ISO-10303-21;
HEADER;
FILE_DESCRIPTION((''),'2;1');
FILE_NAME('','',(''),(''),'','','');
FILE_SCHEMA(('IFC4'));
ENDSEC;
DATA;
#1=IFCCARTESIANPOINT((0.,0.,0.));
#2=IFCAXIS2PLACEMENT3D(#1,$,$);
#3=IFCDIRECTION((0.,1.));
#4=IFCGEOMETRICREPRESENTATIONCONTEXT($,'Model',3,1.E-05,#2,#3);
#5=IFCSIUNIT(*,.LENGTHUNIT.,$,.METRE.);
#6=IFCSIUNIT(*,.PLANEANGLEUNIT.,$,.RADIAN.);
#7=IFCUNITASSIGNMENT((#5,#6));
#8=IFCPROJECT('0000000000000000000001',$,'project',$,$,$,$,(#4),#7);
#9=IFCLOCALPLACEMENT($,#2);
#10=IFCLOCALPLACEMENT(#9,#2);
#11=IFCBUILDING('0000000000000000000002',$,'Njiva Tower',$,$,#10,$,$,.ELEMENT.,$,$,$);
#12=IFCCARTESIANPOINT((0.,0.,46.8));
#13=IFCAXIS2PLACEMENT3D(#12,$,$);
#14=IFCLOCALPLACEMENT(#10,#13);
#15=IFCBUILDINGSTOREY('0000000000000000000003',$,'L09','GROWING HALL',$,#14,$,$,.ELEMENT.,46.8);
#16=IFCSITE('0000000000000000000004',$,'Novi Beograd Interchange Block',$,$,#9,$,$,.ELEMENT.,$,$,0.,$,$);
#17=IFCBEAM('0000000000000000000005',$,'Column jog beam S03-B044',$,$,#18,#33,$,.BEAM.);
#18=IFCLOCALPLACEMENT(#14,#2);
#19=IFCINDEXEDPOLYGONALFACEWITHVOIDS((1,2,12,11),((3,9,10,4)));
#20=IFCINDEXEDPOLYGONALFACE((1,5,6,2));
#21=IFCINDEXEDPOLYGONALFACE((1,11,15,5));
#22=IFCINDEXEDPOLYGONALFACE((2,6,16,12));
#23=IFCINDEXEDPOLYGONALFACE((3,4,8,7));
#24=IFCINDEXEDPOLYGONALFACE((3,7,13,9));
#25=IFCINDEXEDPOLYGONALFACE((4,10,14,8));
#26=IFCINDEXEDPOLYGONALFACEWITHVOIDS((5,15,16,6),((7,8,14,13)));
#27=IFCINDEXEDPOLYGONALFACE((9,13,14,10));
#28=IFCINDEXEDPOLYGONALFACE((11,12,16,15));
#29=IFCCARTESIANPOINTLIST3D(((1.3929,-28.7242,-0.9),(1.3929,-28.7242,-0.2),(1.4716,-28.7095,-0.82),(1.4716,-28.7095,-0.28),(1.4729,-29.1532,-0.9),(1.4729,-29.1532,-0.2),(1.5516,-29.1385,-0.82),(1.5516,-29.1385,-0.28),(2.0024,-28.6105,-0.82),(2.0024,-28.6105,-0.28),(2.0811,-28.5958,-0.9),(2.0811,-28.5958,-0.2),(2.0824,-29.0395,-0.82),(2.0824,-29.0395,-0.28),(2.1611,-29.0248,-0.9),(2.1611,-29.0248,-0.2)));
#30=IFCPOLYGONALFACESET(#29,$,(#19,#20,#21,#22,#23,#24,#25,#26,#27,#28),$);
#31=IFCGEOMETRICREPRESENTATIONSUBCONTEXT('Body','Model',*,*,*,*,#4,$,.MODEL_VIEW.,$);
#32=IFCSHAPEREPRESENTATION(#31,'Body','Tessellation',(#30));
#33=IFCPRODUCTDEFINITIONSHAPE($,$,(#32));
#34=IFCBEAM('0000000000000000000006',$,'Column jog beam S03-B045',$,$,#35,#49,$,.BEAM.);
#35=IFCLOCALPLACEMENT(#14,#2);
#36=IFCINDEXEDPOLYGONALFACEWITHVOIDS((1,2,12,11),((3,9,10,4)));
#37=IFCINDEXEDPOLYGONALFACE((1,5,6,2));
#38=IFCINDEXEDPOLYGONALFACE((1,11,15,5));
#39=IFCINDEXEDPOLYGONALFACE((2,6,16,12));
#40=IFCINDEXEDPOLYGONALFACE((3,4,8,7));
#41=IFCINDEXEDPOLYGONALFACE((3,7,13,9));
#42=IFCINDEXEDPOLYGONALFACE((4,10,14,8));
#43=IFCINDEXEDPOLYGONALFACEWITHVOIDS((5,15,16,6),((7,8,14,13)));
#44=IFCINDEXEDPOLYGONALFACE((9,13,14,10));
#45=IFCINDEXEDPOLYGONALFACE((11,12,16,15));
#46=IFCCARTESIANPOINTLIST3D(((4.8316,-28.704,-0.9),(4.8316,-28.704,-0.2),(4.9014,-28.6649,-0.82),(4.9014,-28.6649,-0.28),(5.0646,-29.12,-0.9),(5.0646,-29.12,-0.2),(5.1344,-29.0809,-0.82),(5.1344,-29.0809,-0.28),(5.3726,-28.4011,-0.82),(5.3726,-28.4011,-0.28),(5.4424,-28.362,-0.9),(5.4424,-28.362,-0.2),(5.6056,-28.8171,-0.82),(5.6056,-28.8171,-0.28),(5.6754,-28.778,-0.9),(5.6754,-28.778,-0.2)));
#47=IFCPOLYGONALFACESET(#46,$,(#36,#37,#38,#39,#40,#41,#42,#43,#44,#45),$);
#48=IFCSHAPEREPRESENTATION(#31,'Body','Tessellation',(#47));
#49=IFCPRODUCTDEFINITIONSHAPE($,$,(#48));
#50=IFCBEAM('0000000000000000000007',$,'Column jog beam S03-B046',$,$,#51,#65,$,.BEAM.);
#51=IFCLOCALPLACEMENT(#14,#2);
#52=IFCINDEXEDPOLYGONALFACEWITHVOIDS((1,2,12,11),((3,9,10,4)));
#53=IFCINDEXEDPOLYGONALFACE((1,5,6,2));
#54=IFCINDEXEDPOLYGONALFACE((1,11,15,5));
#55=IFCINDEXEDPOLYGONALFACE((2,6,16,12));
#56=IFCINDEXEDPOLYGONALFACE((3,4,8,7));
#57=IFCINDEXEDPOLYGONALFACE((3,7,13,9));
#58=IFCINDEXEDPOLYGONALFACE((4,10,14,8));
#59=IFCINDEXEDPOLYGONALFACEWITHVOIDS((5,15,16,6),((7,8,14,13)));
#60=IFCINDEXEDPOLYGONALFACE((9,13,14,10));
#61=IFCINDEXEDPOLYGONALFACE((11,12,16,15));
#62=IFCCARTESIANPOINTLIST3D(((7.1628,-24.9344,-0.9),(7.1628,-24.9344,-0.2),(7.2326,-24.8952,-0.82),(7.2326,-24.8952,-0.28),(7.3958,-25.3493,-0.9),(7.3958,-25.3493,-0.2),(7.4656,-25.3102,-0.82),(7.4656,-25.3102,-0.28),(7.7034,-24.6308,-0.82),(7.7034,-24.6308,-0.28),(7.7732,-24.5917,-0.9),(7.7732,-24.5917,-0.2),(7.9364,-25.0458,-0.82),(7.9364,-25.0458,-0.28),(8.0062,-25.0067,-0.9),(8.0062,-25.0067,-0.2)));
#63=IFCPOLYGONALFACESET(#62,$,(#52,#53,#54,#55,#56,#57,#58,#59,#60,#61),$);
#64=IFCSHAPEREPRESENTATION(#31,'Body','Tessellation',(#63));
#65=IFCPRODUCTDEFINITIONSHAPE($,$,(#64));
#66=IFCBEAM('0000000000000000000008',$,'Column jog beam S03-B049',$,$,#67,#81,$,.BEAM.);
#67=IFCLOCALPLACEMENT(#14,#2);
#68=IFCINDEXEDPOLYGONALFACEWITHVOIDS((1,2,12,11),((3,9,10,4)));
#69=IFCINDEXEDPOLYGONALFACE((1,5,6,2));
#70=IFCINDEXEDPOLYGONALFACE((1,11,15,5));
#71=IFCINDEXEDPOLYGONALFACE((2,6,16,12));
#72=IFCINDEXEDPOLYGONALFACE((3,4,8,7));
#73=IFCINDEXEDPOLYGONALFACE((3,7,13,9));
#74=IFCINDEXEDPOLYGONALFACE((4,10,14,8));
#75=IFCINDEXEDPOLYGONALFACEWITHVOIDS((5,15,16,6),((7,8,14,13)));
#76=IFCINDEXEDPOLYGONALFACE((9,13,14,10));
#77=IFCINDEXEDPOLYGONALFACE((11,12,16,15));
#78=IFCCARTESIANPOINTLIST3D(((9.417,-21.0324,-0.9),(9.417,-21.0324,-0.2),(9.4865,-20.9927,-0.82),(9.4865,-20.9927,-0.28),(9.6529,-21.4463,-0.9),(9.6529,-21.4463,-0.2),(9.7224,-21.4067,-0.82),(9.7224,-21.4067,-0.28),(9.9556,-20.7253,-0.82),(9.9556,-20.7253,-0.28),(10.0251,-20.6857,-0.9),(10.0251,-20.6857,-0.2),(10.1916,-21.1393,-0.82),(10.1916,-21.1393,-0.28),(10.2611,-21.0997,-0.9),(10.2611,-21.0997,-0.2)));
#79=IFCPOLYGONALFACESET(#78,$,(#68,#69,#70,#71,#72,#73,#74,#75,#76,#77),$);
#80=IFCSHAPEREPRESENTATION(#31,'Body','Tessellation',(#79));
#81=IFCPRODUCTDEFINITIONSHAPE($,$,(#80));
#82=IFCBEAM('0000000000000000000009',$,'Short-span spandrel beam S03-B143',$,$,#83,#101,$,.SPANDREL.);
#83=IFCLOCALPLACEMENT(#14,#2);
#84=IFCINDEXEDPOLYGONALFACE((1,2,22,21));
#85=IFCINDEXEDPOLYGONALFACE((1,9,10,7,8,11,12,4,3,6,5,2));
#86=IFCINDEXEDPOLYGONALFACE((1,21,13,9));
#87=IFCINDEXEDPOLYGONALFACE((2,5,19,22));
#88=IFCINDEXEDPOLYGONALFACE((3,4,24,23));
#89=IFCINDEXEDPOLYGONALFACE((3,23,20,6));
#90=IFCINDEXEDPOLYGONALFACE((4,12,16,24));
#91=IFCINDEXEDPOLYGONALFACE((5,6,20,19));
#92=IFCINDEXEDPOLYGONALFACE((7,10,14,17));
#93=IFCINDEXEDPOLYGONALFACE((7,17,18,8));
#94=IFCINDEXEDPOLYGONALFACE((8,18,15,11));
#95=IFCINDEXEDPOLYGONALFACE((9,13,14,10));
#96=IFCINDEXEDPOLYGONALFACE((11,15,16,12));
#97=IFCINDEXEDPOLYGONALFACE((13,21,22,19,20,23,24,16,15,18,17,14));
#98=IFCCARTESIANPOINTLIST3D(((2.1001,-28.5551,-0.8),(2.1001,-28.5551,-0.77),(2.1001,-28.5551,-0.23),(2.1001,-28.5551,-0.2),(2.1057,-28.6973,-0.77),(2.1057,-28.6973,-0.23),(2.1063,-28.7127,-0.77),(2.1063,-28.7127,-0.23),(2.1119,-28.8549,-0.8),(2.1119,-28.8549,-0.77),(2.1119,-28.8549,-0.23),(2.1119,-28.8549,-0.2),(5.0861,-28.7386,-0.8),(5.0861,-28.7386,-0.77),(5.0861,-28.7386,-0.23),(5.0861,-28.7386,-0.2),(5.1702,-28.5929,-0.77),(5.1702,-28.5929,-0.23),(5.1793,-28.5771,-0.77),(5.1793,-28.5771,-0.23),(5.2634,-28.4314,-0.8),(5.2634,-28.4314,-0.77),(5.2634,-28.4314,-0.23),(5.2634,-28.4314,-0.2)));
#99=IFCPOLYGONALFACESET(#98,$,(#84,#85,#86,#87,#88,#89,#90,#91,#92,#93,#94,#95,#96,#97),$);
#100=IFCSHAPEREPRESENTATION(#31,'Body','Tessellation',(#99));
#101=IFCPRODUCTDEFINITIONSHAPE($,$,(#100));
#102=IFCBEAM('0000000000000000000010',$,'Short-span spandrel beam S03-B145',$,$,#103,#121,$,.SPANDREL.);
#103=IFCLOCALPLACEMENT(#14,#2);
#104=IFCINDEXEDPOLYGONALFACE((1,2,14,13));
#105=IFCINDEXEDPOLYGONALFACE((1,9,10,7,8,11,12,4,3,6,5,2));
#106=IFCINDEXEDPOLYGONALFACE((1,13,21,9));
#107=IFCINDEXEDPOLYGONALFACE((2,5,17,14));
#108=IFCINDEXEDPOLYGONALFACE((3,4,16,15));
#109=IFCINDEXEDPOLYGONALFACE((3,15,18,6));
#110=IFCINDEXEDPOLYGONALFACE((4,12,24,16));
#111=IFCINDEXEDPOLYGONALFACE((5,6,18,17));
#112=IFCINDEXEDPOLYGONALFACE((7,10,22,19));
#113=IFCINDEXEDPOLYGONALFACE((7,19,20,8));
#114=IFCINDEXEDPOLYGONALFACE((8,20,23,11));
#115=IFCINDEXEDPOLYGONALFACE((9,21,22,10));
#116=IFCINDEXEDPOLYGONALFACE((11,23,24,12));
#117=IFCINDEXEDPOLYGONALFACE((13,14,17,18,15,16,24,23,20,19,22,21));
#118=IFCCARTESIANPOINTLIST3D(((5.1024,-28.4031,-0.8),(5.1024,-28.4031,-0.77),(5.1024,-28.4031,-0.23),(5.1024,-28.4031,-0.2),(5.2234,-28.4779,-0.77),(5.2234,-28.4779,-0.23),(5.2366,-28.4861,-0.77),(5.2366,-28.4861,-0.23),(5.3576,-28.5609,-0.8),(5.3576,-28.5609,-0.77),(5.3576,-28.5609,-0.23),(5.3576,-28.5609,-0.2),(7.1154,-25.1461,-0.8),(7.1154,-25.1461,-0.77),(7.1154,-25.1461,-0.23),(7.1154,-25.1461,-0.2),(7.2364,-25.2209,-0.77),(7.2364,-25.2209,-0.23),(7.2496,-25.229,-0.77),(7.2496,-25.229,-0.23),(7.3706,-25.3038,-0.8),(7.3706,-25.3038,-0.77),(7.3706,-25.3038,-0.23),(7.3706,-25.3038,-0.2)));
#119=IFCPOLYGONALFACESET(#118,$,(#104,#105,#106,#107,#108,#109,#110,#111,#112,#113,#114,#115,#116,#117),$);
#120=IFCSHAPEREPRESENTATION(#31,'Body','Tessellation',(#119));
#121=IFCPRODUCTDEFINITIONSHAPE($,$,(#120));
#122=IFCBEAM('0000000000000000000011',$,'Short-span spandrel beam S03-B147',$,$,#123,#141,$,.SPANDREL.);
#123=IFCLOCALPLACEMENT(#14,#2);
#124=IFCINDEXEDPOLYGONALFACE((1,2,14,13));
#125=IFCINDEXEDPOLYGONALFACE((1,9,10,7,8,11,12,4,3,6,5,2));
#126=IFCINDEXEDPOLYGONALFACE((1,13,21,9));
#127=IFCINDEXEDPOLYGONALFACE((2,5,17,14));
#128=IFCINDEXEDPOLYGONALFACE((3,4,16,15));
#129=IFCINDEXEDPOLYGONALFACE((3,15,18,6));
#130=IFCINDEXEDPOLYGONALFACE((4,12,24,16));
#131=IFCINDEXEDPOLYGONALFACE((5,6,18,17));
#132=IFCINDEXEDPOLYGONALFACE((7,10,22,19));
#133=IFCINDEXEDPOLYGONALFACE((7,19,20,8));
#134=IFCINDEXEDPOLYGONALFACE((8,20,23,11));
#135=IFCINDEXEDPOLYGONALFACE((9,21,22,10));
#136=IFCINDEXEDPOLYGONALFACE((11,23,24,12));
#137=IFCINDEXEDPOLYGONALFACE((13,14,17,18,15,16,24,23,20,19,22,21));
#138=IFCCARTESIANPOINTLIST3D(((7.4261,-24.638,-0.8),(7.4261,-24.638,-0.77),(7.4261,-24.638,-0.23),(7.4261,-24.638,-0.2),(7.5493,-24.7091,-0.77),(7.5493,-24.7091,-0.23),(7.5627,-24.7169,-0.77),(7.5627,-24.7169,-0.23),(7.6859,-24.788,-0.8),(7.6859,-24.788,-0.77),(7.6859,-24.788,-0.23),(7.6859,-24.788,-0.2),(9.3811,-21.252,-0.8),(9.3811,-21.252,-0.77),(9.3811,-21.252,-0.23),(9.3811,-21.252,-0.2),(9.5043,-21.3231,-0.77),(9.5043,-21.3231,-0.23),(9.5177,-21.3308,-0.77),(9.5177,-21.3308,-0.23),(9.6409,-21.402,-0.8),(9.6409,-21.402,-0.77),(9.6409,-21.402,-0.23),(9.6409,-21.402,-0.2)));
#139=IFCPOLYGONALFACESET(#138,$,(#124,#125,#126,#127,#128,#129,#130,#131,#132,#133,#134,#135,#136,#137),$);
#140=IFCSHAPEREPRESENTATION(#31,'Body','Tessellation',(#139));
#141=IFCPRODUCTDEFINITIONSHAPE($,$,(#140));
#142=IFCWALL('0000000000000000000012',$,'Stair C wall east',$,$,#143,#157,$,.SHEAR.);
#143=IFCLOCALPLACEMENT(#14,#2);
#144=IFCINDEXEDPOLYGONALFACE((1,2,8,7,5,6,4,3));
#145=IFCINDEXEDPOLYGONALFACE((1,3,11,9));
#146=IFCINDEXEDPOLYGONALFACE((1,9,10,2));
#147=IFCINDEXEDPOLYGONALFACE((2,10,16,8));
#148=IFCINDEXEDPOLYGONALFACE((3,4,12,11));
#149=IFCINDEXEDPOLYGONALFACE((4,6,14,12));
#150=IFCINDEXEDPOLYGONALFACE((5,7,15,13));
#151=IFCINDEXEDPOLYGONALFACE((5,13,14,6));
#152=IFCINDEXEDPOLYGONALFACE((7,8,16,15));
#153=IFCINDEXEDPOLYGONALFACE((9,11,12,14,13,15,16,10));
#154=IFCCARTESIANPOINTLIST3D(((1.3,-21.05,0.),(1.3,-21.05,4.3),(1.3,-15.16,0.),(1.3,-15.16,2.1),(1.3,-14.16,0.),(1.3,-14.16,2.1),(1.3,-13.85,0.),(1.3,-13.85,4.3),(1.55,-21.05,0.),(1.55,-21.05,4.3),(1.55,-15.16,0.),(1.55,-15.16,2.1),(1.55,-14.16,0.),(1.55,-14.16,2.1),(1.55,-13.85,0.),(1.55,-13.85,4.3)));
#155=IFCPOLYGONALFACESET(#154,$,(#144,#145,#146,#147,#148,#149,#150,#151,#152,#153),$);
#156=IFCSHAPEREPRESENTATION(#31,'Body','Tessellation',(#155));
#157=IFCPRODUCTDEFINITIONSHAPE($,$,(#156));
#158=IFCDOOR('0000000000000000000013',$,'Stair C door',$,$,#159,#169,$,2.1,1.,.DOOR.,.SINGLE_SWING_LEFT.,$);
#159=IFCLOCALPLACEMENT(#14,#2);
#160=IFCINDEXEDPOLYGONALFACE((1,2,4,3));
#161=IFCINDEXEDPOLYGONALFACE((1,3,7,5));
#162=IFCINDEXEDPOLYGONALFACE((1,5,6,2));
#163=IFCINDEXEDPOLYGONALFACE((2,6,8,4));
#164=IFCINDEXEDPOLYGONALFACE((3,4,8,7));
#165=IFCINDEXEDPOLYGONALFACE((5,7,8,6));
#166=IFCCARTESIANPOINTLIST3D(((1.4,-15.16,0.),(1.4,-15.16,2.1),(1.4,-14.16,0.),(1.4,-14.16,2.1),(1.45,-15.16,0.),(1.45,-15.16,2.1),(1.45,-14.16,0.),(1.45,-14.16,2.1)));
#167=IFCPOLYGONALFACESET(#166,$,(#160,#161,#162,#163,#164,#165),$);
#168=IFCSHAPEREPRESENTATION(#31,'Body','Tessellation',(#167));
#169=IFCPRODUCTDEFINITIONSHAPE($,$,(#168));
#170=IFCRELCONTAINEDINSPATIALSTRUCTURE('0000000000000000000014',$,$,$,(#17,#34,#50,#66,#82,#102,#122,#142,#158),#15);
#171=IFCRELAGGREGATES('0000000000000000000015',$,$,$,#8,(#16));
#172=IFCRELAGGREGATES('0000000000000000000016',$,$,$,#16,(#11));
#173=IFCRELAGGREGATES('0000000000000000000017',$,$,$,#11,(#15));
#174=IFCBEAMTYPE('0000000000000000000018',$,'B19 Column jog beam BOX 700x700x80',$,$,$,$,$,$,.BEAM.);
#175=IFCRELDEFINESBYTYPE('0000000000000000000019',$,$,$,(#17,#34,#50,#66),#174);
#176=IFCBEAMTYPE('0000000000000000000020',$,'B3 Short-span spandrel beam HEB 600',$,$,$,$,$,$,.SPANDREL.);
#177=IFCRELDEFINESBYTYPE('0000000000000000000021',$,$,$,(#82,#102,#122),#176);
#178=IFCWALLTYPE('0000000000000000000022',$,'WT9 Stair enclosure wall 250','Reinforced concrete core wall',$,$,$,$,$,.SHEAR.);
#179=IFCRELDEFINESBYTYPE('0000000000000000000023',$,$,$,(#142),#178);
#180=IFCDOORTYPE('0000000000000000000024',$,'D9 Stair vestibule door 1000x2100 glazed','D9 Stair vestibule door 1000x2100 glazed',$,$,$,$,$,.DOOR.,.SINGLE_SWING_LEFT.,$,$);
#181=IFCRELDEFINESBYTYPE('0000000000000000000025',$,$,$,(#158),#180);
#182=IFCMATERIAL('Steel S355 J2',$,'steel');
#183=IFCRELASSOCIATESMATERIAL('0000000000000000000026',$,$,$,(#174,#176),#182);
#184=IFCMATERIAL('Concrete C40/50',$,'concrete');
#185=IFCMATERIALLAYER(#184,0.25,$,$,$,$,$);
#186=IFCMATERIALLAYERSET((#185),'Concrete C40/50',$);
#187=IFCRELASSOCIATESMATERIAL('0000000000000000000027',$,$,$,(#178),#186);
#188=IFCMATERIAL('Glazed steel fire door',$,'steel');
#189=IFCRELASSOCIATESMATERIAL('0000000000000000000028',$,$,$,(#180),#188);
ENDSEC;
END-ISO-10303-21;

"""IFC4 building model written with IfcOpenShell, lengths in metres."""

from ifc_helpers import new_model, si_unit, direction, frame, frame_2d, origin, origin_2d, place, context, subcontext, project, spatial, rectangle, hollow_rectangle, i_section, extrude, clip, halfspace, material, layer, layer_set, material_profile, profile_set, type_object, element, fill, save


model = new_model("IFC4")

# Units and contexts
model_context = context("Model", 3, precision=1e-05, world=origin(), true_north=direction((0.0, 1.0)))
body_context = subcontext(model_context, "Body", "Model", "MODEL_VIEW")
ifc_project = project(units=[si_unit("LENGTHUNIT", "METRE"), si_unit("PLANEANGLEUNIT", "RADIAN")], contexts=[model_context])

# Site, building, storey
site_placement = place(None, origin())
site = spatial("IfcSite", under=ifc_project, at=site_placement, Name="Novi Beograd Interchange Block", CompositionType="ELEMENT", RefElevation=0.0)
building_placement = place(site_placement, origin())
building = spatial("IfcBuilding", under=site, at=building_placement, Name="Njiva Tower", CompositionType="ELEMENT")
storey_placement = place(building_placement, frame((0.0, 0.0, 46.8)))
storey = spatial("IfcBuildingStorey", under=building, at=storey_placement, Name="L09", Description="GROWING HALL", CompositionType="ELEMENT", Elevation=46.8)

# Shared definitions
ifc_material_1 = material(Name="Steel S355 J2", Category="steel")

# Beams
ifc_material_profile_1 = material_profile(ifc_material_1, hollow_rectangle(XDim=0.7, YDim=0.7, WallThickness=0.08, at=origin_2d()), Name="BOX 700x700x80")
ifc_profile_set_1 = profile_set([ifc_material_profile_1], Name="Steel S355 J2")
beam_type_1 = type_object("IfcBeamType", Name="B19 Column jog beam BOX 700x700x80", PredefinedType="BEAM", material=ifc_profile_set_1)
beam_1_placement = place(storey_placement, frame((1.817, -29.089, -0.55), z_axis=(-0.18332, 0.983053, 0.0), x_axis=(-0.983053, -0.18332, 0.0)))
element("IfcBeam", 1, at=beam_1_placement, inside=storey, type_object=beam_type_1, Name="Column jog beam S03-B044", PredefinedType="BEAM", context=body_context, shape_type="SweptSolid", body=[
    extrude(hollow_rectangle(XDim=0.7, YDim=0.7, WallThickness=0.08, at=origin_2d()), origin(), (0.0, 0.0, 1.0), 0.4364),
])
beam_2_placement = place(storey_placement, frame((5.37, -28.949, -0.55), z_axis=(-0.488667, 0.87247, 0.0), x_axis=(-0.87247, -0.488667, 0.0)))
element("IfcBeam", 2, at=beam_2_placement, inside=storey, type_object=beam_type_1, Name="Column jog beam S03-B045", PredefinedType="BEAM", context=body_context, shape_type="SweptSolid", body=[
    extrude(hollow_rectangle(XDim=0.7, YDim=0.7, WallThickness=0.08, at=origin_2d()), origin(), (0.0, 0.0, 1.0), 0.4768),
])
beam_3_placement = place(storey_placement, frame((7.701, -25.178, -0.55), z_axis=(-0.489563, 0.871968, 0.0), x_axis=(-0.871968, -0.489563, 0.0)))
element("IfcBeam", 3, at=beam_3_placement, inside=storey, type_object=beam_type_1, Name="Column jog beam S03-B046", PredefinedType="BEAM", context=body_context, shape_type="SweptSolid", body=[
    extrude(hollow_rectangle(XDim=0.7, YDim=0.7, WallThickness=0.08, at=origin_2d()), origin(), (0.0, 0.0, 1.0), 0.4759),
])
beam_4_placement = place(storey_placement, frame((9.957, -21.273, -0.55), z_axis=(-0.495235, 0.868759, 0.0), x_axis=(-0.868759, -0.495235, 0.0)))
element("IfcBeam", 4, at=beam_4_placement, inside=storey, type_object=beam_type_1, Name="Column jog beam S03-B049", PredefinedType="BEAM", context=body_context, shape_type="SweptSolid", body=[
    extrude(hollow_rectangle(XDim=0.7, YDim=0.7, WallThickness=0.08, at=origin_2d()), origin(), (0.0, 0.0, 1.0), 0.4765),
])
ifc_material_profile_2 = material_profile(ifc_material_1, i_section(OverallWidth=0.3, OverallDepth=0.6, WebThickness=0.0155, FlangeThickness=0.03, at=origin_2d()), Name="HEB 600")
ifc_profile_set_2 = profile_set([ifc_material_profile_2], Name="Steel S355 J2")
beam_type_2 = type_object("IfcBeamType", Name="B3 Short-span spandrel beam HEB 600", PredefinedType="SPANDREL", material=ifc_profile_set_2)
beam_5_placement = place(storey_placement, frame((2.106, -28.705, -0.5), z_axis=(0.999236, 0.039071, 0.0), x_axis=(-0.039071, 0.999236, 0.0)))
element("IfcBeam", 5, at=beam_5_placement, inside=storey, type_object=beam_type_2, Name="Short-span spandrel beam S03-B143", PredefinedType="SPANDREL", context=body_context, shape_type="Clipping", body=[
    clip(extrude(i_section(OverallWidth=0.3, OverallDepth=0.6, WebThickness=0.0155, FlangeThickness=0.03, at=origin_2d()), origin(), (0.0, 0.0, 1.0), 3.1863), halfspace(frame((-0.0268, 0.0, 3.0542), z_axis=(-0.533453, 0.0, 0.84583), x_axis=(0.0, 1.0, 0.0)), False)),
])
beam_6_placement = place(storey_placement, frame((5.23, -28.482, -0.5), z_axis=(0.525743, 0.850643, 0.0), x_axis=(-0.850643, 0.525743, 0.0)))
element("IfcBeam", 6, at=beam_6_placement, inside=storey, type_object=beam_type_2, Name="Short-span spandrel beam S03-B145", PredefinedType="SPANDREL", context=body_context, shape_type="SweptSolid", body=[
    extrude(i_section(OverallWidth=0.3, OverallDepth=0.6, WebThickness=0.0155, FlangeThickness=0.03, at=origin_2d()), origin(), (0.0, 0.0, 1.0), 3.8289),
])
beam_7_placement = place(storey_placement, frame((7.556, -24.713, -0.5), z_axis=(0.500018, 0.866015, 0.0), x_axis=(-0.866015, 0.500018, 0.0)))
element("IfcBeam", 7, at=beam_7_placement, inside=storey, type_object=beam_type_2, Name="Short-span spandrel beam S03-B147", PredefinedType="SPANDREL", context=body_context, shape_type="SweptSolid", body=[
    extrude(i_section(OverallWidth=0.3, OverallDepth=0.6, WebThickness=0.0155, FlangeThickness=0.03, at=origin_2d()), origin(), (0.0, 0.0, 1.0), 3.9099),
])

# Wall, opening, door
ifc_material_2 = material(Name="Concrete C40/50", Category="concrete")
ifc_layer_1 = layer(ifc_material_2, 0.25)
ifc_layer_set_1 = layer_set([ifc_layer_1], Name="Concrete C40/50")
wall_type_1 = type_object("IfcWallType", Name="WT9 Stair enclosure wall 250", Description="Reinforced concrete core wall", PredefinedType="SHEAR", material=ifc_layer_set_1)
wall_1_placement = place(storey_placement, frame((1.425, -21.05, 0.0), z_axis=(0.0, 0.0, 1.0), x_axis=(0.0, 1.0, 0.0)))
wall_1 = element("IfcWall", 8, at=wall_1_placement, inside=storey, type_object=wall_type_1, Name="Stair C wall east", PredefinedType="SHEAR", context=body_context, shape_type="SweptSolid", body=[
    extrude(rectangle(XDim=7.2, YDim=0.25, at=frame_2d((3.6, 0.0))), origin(), (0.0, 0.0, 1.0), 4.3),
])
opening_1_placement = place(wall_1_placement, frame((5.89, 0.0, 0.0)))
opening_1 = element("IfcOpeningElement", 9, at=opening_1_placement, cuts=wall_1, PredefinedType="OPENING", context=body_context, shape_type="SweptSolid", body=[
    extrude(rectangle(XDim=1.0, YDim=2.1, at=frame_2d((0.5, 1.05))), frame((0.0, 0.135, 0.0), z_axis=(0.0, -1.0, 0.0), x_axis=(1.0, 0.0, 0.0)), (0.0, 0.0, 1.0), 0.27),
])
ifc_material_3 = material(Name="Glazed steel fire door", Category="steel")
door_type = type_object("IfcDoorType", Name="D9 Stair vestibule door 1000x2100 glazed", Description="D9 Stair vestibule door 1000x2100 glazed", OperationType="SINGLE_SWING_LEFT", PredefinedType="DOOR", material=ifc_material_3)
door_placement = place(opening_1_placement, origin())
door = element("IfcDoor", 10, at=door_placement, inside=storey, type_object=door_type, Name="Stair C door", OperationType="SINGLE_SWING_LEFT", OverallHeight=2.1, OverallWidth=1.0, PredefinedType="DOOR", context=body_context, shape_type="SweptSolid", body=[
    extrude(rectangle(XDim=1.0, YDim=2.1, at=frame_2d((0.5, 1.05))), frame((0.0, 0.025, 0.0), z_axis=(0.0, -1.0, 0.0), x_axis=(1.0, 0.0, 0.0)), (0.0, 0.0, 1.0), 0.05),
])
fill(opening_1, door)

save(model, "model.ifc")
